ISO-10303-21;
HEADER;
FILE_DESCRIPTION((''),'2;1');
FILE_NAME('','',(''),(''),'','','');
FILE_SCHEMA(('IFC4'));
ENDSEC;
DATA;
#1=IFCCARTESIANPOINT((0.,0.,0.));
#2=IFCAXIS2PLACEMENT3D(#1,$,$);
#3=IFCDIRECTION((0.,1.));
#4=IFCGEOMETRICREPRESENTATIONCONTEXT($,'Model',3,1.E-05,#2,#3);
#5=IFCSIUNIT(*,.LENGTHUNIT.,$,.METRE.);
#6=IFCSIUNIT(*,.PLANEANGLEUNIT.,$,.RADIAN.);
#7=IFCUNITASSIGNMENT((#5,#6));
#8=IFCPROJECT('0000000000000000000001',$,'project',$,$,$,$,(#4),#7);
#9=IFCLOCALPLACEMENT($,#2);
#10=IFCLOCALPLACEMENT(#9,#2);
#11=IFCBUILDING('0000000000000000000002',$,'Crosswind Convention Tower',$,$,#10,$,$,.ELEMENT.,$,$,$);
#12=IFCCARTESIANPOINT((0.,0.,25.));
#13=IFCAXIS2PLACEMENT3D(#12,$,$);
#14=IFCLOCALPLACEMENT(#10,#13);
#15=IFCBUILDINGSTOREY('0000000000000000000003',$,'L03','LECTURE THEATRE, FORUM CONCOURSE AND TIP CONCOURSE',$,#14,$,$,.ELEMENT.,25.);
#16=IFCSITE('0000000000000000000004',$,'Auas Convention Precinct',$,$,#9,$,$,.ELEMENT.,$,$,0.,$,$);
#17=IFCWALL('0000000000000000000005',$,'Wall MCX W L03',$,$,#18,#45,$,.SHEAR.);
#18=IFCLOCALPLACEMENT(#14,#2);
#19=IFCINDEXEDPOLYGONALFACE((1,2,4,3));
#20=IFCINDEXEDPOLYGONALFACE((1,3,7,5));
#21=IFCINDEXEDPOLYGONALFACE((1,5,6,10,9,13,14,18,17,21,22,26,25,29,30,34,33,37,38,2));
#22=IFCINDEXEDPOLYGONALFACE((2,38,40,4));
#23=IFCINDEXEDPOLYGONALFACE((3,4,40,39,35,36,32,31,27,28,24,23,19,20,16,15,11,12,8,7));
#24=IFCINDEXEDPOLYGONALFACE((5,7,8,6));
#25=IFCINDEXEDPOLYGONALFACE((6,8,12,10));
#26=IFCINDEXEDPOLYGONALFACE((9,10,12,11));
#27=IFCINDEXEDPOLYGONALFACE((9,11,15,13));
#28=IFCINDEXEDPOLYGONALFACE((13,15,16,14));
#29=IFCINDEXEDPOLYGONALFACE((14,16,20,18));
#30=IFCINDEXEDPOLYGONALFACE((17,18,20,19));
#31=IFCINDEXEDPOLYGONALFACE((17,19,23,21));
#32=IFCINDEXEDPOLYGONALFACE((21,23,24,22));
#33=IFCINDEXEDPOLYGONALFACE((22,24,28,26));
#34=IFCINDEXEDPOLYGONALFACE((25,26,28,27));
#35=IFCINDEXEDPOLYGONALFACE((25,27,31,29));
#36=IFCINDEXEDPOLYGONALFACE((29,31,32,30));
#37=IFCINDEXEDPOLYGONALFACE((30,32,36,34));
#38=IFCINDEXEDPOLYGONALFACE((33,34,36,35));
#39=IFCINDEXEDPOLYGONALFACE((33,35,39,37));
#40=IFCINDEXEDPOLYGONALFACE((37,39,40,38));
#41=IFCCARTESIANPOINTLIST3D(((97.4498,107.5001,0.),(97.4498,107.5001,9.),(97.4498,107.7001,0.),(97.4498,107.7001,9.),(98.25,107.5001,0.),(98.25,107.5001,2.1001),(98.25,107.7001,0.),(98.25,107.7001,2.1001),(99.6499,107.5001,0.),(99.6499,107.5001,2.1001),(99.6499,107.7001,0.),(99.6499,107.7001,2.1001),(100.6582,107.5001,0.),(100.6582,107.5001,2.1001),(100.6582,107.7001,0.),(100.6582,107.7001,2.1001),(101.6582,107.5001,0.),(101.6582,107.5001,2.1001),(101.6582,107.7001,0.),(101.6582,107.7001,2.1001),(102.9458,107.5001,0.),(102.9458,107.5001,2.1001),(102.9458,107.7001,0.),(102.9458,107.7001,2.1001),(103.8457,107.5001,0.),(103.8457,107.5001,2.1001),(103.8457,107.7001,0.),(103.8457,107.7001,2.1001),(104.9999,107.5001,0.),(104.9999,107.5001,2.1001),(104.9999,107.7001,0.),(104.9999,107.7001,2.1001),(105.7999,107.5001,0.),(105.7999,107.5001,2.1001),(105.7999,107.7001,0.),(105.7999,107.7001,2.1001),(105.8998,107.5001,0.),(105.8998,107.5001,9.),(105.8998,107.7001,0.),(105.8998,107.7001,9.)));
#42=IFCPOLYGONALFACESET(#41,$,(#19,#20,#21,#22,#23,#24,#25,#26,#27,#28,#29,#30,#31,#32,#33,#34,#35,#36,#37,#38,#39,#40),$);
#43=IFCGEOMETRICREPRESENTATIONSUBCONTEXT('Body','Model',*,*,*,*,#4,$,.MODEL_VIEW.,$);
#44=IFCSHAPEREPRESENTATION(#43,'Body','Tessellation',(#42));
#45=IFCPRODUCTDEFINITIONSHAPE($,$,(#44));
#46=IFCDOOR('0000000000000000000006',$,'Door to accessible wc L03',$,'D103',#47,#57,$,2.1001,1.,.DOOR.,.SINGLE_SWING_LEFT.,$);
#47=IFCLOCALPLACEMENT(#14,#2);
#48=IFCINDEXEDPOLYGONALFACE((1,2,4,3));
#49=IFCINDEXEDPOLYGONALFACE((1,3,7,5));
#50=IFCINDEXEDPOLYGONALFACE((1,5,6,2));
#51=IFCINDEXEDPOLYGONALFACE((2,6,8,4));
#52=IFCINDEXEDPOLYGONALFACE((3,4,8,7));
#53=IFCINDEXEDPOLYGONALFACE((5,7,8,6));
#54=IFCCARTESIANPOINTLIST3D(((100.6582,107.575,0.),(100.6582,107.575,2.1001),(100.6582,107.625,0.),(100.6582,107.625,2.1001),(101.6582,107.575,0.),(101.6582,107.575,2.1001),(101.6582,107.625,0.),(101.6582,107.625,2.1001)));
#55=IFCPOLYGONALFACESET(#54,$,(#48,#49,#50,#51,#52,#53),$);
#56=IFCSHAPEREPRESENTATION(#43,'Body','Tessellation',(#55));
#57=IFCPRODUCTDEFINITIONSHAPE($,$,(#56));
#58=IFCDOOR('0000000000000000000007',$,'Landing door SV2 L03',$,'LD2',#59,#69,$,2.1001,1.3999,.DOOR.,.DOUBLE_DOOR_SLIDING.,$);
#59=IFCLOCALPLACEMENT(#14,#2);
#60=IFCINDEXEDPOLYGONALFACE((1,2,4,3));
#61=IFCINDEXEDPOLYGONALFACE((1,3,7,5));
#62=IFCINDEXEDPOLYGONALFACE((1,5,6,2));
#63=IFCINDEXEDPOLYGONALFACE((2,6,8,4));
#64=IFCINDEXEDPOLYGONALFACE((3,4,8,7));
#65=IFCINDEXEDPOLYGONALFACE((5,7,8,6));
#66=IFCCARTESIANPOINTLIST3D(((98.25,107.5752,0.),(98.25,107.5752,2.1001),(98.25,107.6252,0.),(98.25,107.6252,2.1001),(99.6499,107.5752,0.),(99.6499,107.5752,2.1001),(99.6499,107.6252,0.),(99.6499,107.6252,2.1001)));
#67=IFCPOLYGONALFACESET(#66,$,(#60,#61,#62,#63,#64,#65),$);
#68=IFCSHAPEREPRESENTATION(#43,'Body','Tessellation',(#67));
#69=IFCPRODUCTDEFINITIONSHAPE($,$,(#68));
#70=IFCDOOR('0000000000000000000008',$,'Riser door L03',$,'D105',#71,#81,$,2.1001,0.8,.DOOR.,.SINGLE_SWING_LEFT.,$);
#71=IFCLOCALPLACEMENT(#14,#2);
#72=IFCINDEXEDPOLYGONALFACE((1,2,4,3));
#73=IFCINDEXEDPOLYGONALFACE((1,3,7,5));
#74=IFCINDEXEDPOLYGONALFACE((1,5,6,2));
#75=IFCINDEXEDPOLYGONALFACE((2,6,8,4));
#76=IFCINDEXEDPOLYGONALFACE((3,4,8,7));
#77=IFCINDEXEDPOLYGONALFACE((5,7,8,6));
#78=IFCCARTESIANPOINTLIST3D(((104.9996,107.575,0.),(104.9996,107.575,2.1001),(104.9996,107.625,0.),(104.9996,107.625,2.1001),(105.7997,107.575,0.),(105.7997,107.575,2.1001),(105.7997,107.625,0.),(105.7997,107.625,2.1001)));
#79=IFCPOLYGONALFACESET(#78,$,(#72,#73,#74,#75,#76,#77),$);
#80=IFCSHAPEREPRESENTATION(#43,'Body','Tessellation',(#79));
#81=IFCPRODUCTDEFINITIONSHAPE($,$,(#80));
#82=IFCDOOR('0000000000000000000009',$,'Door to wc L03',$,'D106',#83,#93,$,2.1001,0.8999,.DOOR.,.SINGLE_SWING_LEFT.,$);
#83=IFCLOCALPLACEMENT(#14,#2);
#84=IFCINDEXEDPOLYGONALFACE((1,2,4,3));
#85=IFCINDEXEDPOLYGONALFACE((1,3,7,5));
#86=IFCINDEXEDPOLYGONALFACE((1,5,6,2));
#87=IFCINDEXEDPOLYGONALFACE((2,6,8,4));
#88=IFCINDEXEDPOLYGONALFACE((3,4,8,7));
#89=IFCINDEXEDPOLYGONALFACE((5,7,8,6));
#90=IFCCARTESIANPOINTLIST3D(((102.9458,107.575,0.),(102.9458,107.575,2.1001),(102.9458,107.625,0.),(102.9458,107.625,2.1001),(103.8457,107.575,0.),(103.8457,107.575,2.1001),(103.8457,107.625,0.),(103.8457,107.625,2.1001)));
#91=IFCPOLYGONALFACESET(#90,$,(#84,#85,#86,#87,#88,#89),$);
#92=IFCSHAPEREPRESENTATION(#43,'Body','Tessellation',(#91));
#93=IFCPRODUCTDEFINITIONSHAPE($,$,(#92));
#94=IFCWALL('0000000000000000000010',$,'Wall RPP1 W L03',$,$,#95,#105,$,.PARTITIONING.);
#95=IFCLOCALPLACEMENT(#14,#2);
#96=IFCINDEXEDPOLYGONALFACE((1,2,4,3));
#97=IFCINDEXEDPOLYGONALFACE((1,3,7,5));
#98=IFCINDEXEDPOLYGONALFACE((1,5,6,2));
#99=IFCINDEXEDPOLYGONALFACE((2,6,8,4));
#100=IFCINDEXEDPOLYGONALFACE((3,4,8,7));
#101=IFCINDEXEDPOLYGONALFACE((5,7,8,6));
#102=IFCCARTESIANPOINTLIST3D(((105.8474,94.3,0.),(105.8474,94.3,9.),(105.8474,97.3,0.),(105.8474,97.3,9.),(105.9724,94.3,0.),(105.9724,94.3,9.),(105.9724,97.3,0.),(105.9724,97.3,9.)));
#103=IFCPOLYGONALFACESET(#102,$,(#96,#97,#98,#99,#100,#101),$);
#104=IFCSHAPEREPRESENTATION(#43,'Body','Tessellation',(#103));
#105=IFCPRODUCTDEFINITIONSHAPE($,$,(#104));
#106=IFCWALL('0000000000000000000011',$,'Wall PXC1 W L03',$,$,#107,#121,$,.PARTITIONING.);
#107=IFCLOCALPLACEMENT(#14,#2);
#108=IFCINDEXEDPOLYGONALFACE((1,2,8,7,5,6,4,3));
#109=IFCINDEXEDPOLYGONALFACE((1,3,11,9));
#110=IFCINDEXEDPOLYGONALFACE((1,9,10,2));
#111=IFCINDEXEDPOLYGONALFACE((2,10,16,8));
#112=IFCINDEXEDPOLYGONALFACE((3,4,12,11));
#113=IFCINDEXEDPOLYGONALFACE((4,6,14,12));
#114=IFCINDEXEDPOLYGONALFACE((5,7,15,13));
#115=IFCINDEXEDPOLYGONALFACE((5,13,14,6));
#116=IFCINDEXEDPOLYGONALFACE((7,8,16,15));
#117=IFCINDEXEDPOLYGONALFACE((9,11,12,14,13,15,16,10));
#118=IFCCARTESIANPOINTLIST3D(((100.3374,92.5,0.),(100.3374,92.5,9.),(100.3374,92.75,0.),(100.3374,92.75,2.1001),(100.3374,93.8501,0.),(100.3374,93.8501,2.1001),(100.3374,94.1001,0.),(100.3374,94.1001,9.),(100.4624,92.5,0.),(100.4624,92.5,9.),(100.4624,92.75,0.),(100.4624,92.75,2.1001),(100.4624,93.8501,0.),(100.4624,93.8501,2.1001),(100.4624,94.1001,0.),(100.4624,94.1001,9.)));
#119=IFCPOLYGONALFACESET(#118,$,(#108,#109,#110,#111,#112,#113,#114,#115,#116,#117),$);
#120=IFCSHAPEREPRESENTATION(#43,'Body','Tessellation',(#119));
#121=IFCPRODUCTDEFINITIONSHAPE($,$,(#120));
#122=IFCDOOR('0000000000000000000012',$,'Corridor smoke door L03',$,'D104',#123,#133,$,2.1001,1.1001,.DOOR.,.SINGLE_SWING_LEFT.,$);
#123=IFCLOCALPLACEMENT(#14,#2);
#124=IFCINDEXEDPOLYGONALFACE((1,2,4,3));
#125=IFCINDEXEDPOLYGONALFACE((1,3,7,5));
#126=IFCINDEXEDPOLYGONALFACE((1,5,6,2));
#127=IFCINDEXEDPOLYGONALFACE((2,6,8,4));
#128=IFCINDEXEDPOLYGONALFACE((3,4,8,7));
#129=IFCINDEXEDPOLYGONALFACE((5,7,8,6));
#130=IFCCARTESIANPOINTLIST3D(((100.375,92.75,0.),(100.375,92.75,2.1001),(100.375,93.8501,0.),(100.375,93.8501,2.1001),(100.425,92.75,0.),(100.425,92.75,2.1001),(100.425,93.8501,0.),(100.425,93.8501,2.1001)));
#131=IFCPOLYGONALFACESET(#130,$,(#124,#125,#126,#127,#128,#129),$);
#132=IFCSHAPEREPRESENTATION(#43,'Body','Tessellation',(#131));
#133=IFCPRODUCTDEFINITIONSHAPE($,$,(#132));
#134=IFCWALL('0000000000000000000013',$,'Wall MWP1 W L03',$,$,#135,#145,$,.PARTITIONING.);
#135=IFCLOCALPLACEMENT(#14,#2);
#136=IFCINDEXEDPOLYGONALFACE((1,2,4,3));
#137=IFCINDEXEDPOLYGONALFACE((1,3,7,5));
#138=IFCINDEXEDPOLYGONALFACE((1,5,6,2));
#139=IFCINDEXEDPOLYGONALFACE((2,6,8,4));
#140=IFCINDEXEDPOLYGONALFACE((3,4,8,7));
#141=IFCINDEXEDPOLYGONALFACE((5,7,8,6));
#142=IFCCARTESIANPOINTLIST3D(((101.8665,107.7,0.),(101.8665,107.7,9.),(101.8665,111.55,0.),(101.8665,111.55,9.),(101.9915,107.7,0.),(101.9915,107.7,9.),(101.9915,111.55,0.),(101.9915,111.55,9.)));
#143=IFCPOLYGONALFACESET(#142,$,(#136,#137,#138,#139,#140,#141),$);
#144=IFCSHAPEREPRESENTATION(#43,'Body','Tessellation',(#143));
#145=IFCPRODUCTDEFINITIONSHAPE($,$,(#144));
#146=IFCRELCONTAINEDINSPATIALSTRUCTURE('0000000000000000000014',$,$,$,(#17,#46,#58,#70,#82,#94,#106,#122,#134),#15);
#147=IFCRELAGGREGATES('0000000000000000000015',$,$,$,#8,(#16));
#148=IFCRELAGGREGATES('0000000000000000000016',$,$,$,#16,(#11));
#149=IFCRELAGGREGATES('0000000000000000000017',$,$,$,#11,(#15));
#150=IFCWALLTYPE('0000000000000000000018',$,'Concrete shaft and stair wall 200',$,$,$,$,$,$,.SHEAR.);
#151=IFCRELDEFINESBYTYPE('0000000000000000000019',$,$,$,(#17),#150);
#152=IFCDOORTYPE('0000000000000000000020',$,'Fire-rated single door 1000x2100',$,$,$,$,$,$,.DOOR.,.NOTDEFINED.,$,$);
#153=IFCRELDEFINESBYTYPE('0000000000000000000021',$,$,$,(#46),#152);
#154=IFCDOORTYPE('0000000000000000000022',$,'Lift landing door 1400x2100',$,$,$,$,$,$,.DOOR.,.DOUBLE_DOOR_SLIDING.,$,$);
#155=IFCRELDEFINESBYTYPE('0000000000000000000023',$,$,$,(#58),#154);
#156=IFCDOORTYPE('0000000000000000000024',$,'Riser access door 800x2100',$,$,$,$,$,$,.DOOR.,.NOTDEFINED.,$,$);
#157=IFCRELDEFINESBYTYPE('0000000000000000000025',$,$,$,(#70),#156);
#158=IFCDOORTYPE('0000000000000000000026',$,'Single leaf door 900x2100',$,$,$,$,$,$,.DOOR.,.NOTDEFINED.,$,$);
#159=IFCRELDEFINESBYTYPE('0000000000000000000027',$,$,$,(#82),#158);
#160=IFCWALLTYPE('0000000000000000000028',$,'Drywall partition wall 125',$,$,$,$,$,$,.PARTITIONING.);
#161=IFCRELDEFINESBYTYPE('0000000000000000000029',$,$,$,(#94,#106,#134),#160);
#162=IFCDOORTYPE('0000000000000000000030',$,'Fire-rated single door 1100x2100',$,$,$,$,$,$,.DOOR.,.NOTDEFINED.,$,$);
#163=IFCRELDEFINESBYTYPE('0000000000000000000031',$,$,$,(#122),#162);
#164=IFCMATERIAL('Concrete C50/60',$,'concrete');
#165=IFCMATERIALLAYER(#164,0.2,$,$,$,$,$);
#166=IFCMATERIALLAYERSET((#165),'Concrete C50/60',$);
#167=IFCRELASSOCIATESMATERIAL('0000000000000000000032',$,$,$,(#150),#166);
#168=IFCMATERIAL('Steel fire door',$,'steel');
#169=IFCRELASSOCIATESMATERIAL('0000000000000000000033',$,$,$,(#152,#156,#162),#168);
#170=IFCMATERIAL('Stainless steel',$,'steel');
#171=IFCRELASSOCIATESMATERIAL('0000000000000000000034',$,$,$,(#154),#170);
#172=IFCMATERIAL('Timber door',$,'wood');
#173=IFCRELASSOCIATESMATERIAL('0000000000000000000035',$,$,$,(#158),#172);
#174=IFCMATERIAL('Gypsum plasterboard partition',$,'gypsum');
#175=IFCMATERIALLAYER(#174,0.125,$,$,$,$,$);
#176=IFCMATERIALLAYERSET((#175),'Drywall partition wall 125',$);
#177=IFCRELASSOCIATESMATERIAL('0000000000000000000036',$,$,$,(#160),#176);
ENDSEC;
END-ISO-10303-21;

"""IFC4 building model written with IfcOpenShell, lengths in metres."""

from ifc_helpers import new_model, si_unit, direction, frame, frame_2d, origin, place, context, subcontext, project, spatial, rectangle, extrude, material, layer, layer_set, type_object, element, fill, save


model = new_model("IFC4")

# Units and contexts
model_context = context("Model", 3, precision=1e-05, world=origin(), true_north=direction((0.0, 1.0)))
body_context = subcontext(model_context, "Body", "Model", "MODEL_VIEW")
ifc_project = project(units=[si_unit("LENGTHUNIT", "METRE"), si_unit("PLANEANGLEUNIT", "RADIAN")], contexts=[model_context])

# Site, building, storey
site_placement = place(None, origin())
site = spatial("IfcSite", under=ifc_project, at=site_placement, Name="Auas Convention Precinct", CompositionType="ELEMENT", RefElevation=0.0)
building_placement = place(site_placement, origin())
building = spatial("IfcBuilding", under=site, at=building_placement, Name="Crosswind Convention Tower", CompositionType="ELEMENT")
storey_placement = place(building_placement, frame((0.0, 0.0, 25.0)))
storey = spatial("IfcBuildingStorey", under=building, at=storey_placement, Name="L03", Description="LECTURE THEATRE, FORUM CONCOURSE AND TIP CONCOURSE", CompositionType="ELEMENT", Elevation=25.0)

# Shared definitions
ifc_material_1 = material(Name="Concrete C50/60", Category="concrete")
ifc_layer_1 = layer(ifc_material_1, 0.2)
ifc_layer_set_1 = layer_set([ifc_layer_1], Name="Concrete C50/60")
wall_type_1 = type_object("IfcWallType", Name="Concrete shaft and stair wall 200", PredefinedType="SHEAR", material=ifc_layer_set_1)

# Wall, openings, doors
wall_1_placement = place(storey_placement, frame((105.8999, 107.6001, 0.0), z_axis=(0.0, 0.0, 1.0), x_axis=(-1.0, 0.0, 0.0)))
wall_1 = element("IfcWall", 1, at=wall_1_placement, inside=storey, type_object=wall_type_1, Name="Wall MCX W L03", PredefinedType="SHEAR", context=body_context, shape_type="SweptSolid", body=[
    extrude(rectangle(XDim=8.45, YDim=0.2, at=frame_2d((4.2251, 0.0))), origin(), (0.0, 0.0, 1.0), 9.0),
])
opening_1_placement = place(wall_1_placement, frame((0.1001, 0.0, 0.0)))
opening_1 = element("IfcOpeningElement", 2, at=opening_1_placement, cuts=wall_1, PredefinedType="OPENING", context=body_context, shape_type="SweptSolid", body=[
    extrude(rectangle(XDim=0.8, YDim=2.1001, at=frame_2d((0.3999, 1.05))), frame((0.0, 0.1099, 0.0), z_axis=(0.0, -1.0, 0.0), x_axis=(1.0, 0.0, 0.0)), (0.0, 0.0, 1.0), 0.22),
])
opening_2_placement = place(wall_1_placement, frame((2.0542, 0.0, 0.0)))
opening_2 = element("IfcOpeningElement", 3, at=opening_2_placement, cuts=wall_1, PredefinedType="OPENING", context=body_context, shape_type="SweptSolid", body=[
    extrude(rectangle(XDim=0.8999, YDim=2.1001, at=frame_2d((0.45, 1.05))), frame((0.0, 0.1099, 0.0), z_axis=(0.0, -1.0, 0.0), x_axis=(1.0, 0.0, 0.0)), (0.0, 0.0, 1.0), 0.22),
])
opening_3_placement = place(wall_1_placement, frame((4.2417, 0.0, 0.0)))
opening_3 = element("IfcOpeningElement", 4, at=opening_3_placement, cuts=wall_1, PredefinedType="OPENING", context=body_context, shape_type="SweptSolid", body=[
    extrude(rectangle(XDim=1.0, YDim=2.1001, at=frame_2d((0.5, 1.05))), frame((0.0, 0.1099, 0.0), z_axis=(0.0, -1.0, 0.0), x_axis=(1.0, 0.0, 0.0)), (0.0, 0.0, 1.0), 0.22),
])
opening_4_placement = place(wall_1_placement, frame((6.25, 0.0, 0.0)))
opening_4 = element("IfcOpeningElement", 5, at=opening_4_placement, cuts=wall_1, PredefinedType="OPENING", context=body_context, shape_type="SweptSolid", body=[
    extrude(rectangle(XDim=1.3999, YDim=2.1001, at=frame_2d((0.7, 1.05))), frame((0.0, 0.1099, 0.0), z_axis=(0.0, -1.0, 0.0), x_axis=(1.0, 0.0, 0.0)), (0.0, 0.0, 1.0), 0.22),
])
ifc_material_2 = material(Name="Steel fire door", Category="steel")
door_type_1 = type_object("IfcDoorType", Name="Fire-rated single door 1000x2100", OperationType="NOTDEFINED", PredefinedType="DOOR", material=ifc_material_2)
door_1_placement = place(opening_3_placement, frame((1.0, 0.0, 0.0), z_axis=(0.0, 0.0, 1.0), x_axis=(-1.0, 0.0, 0.0)))
door_1 = element("IfcDoor", 6, at=door_1_placement, inside=storey, type_object=door_type_1, Name="Door to accessible wc L03", ObjectType="D103", OperationType="SINGLE_SWING_LEFT", OverallHeight=2.1001, OverallWidth=1.0, PredefinedType="DOOR", context=body_context, shape_type="SweptSolid", body=[
    extrude(rectangle(XDim=1.0, YDim=2.1001, at=frame_2d((0.5, 1.05))), frame((0.0, 0.0249, 0.0), z_axis=(0.0, -1.0, 0.0), x_axis=(1.0, 0.0, 0.0)), (0.0, 0.0, 1.0), 0.05),
])
fill(opening_3, door_1)
ifc_material_3 = material(Name="Stainless steel", Category="steel")
door_type_2 = type_object("IfcDoorType", Name="Lift landing door 1400x2100", OperationType="DOUBLE_DOOR_SLIDING", PredefinedType="DOOR", material=ifc_material_3)
door_2_placement = place(opening_4_placement, origin())
door_2 = element("IfcDoor", 7, at=door_2_placement, inside=storey, type_object=door_type_2, Name="Landing door SV2 L03", ObjectType="LD2", OperationType="DOUBLE_DOOR_SLIDING", OverallHeight=2.1001, OverallWidth=1.3999, PredefinedType="DOOR", context=body_context, shape_type="SweptSolid", body=[
    extrude(rectangle(XDim=1.3999, YDim=2.1001, at=frame_2d((0.7, 1.05))), frame((0.0, 0.0249, 0.0), z_axis=(0.0, -1.0, 0.0), x_axis=(1.0, 0.0, 0.0)), (0.0, 0.0, 1.0), 0.05),
])
fill(opening_4, door_2)
door_type_3 = type_object("IfcDoorType", Name="Riser access door 800x2100", OperationType="NOTDEFINED", PredefinedType="DOOR", material=ifc_material_2)
door_3_placement = place(opening_1_placement, frame((0.8, 0.0, 0.0), z_axis=(0.0, 0.0, 1.0), x_axis=(-1.0, 0.0, 0.0)))
door_3 = element("IfcDoor", 8, at=door_3_placement, inside=storey, type_object=door_type_3, Name="Riser door L03", ObjectType="D105", OperationType="SINGLE_SWING_LEFT", OverallHeight=2.1001, OverallWidth=0.8, PredefinedType="DOOR", context=body_context, shape_type="SweptSolid", body=[
    extrude(rectangle(XDim=0.8, YDim=2.1001, at=frame_2d((0.3999, 1.05))), frame((0.0, 0.0249, 0.0), z_axis=(0.0, -1.0, 0.0), x_axis=(1.0, 0.0, 0.0)), (0.0, 0.0, 1.0), 0.05),
])
fill(opening_1, door_3)
ifc_material_4 = material(Name="Timber door", Category="wood")
door_type_4 = type_object("IfcDoorType", Name="Single leaf door 900x2100", OperationType="NOTDEFINED", PredefinedType="DOOR", material=ifc_material_4)
door_4_placement = place(opening_2_placement, frame((0.8999, 0.0, 0.0), z_axis=(0.0, 0.0, 1.0), x_axis=(-1.0, 0.0, 0.0)))
door_4 = element("IfcDoor", 9, at=door_4_placement, inside=storey, type_object=door_type_4, Name="Door to wc L03", ObjectType="D106", OperationType="SINGLE_SWING_LEFT", OverallHeight=2.1001, OverallWidth=0.8999, PredefinedType="DOOR", context=body_context, shape_type="SweptSolid", body=[
    extrude(rectangle(XDim=0.8999, YDim=2.1001, at=frame_2d((0.45, 1.05))), frame((0.0, 0.0249, 0.0), z_axis=(0.0, -1.0, 0.0), x_axis=(1.0, 0.0, 0.0)), (0.0, 0.0, 1.0), 0.05),
])
fill(opening_2, door_4)

# Wall
ifc_material_5 = material(Name="Gypsum plasterboard partition", Category="gypsum")
ifc_layer_2 = layer(ifc_material_5, 0.125)
ifc_layer_set_2 = layer_set([ifc_layer_2], Name="Drywall partition wall 125")
wall_type_2 = type_object("IfcWallType", Name="Drywall partition wall 125", PredefinedType="PARTITIONING", material=ifc_layer_set_2)
wall_2_placement = place(storey_placement, frame((105.9099, 97.3, 0.0), z_axis=(0.0, 0.0, 1.0), x_axis=(0.0, -1.0, 0.0)))
element("IfcWall", 10, at=wall_2_placement, inside=storey, type_object=wall_type_2, Name="Wall RPP1 W L03", PredefinedType="PARTITIONING", context=body_context, shape_type="SweptSolid", body=[
    extrude(rectangle(XDim=3.0, YDim=0.125, at=frame_2d((1.5, 0.0))), origin(), (0.0, 0.0, 1.0), 9.0),
])

# Wall, opening, door
wall_3_placement = place(storey_placement, frame((100.3999, 94.1001, 0.0), z_axis=(0.0, 0.0, 1.0), x_axis=(0.0, -1.0, 0.0)))
wall_3 = element("IfcWall", 11, at=wall_3_placement, inside=storey, type_object=wall_type_2, Name="Wall PXC1 W L03", PredefinedType="PARTITIONING", context=body_context, shape_type="SweptSolid", body=[
    extrude(rectangle(XDim=1.6001, YDim=0.125, at=frame_2d((0.8, 0.0))), origin(), (0.0, 0.0, 1.0), 9.0),
])
opening_5_placement = place(wall_3_placement, frame((0.25, 0.0, 0.0)))
opening_5 = element("IfcOpeningElement", 12, at=opening_5_placement, cuts=wall_3, PredefinedType="OPENING", context=body_context, shape_type="SweptSolid", body=[
    extrude(rectangle(XDim=1.1001, YDim=2.1001, at=frame_2d((0.55, 1.05))), frame((0.0, 0.0725, 0.0), z_axis=(0.0, -1.0, 0.0), x_axis=(1.0, 0.0, 0.0)), (0.0, 0.0, 1.0), 0.145),
])
door_type_5 = type_object("IfcDoorType", Name="Fire-rated single door 1100x2100", OperationType="NOTDEFINED", PredefinedType="DOOR", material=ifc_material_2)
door_5_placement = place(opening_5_placement, frame((1.1001, 0.0, 0.0), z_axis=(0.0, 0.0, 1.0), x_axis=(-1.0, 0.0, 0.0)))
door_5 = element("IfcDoor", 13, at=door_5_placement, inside=storey, type_object=door_type_5, Name="Corridor smoke door L03", ObjectType="D104", OperationType="SINGLE_SWING_LEFT", OverallHeight=2.1001, OverallWidth=1.1001, PredefinedType="DOOR", context=body_context, shape_type="SweptSolid", body=[
    extrude(rectangle(XDim=1.1001, YDim=2.1001, at=frame_2d((0.55, 1.05))), frame((0.0, 0.0249, 0.0), z_axis=(0.0, -1.0, 0.0), x_axis=(1.0, 0.0, 0.0)), (0.0, 0.0, 1.0), 0.05),
])
fill(opening_5, door_5)

# Wall
wall_4_placement = place(storey_placement, frame((101.929, 111.55, 0.0), z_axis=(0.0, 0.0, 1.0), x_axis=(0.0, -1.0, 0.0)))
element("IfcWall", 14, at=wall_4_placement, inside=storey, type_object=wall_type_2, Name="Wall MWP1 W L03", PredefinedType="PARTITIONING", context=body_context, shape_type="SweptSolid", body=[
    extrude(rectangle(XDim=3.8501, YDim=0.125, at=frame_2d((1.925, 0.0))), origin(), (0.0, 0.0, 1.0), 9.0),
])

save(model, "model.ifc")
